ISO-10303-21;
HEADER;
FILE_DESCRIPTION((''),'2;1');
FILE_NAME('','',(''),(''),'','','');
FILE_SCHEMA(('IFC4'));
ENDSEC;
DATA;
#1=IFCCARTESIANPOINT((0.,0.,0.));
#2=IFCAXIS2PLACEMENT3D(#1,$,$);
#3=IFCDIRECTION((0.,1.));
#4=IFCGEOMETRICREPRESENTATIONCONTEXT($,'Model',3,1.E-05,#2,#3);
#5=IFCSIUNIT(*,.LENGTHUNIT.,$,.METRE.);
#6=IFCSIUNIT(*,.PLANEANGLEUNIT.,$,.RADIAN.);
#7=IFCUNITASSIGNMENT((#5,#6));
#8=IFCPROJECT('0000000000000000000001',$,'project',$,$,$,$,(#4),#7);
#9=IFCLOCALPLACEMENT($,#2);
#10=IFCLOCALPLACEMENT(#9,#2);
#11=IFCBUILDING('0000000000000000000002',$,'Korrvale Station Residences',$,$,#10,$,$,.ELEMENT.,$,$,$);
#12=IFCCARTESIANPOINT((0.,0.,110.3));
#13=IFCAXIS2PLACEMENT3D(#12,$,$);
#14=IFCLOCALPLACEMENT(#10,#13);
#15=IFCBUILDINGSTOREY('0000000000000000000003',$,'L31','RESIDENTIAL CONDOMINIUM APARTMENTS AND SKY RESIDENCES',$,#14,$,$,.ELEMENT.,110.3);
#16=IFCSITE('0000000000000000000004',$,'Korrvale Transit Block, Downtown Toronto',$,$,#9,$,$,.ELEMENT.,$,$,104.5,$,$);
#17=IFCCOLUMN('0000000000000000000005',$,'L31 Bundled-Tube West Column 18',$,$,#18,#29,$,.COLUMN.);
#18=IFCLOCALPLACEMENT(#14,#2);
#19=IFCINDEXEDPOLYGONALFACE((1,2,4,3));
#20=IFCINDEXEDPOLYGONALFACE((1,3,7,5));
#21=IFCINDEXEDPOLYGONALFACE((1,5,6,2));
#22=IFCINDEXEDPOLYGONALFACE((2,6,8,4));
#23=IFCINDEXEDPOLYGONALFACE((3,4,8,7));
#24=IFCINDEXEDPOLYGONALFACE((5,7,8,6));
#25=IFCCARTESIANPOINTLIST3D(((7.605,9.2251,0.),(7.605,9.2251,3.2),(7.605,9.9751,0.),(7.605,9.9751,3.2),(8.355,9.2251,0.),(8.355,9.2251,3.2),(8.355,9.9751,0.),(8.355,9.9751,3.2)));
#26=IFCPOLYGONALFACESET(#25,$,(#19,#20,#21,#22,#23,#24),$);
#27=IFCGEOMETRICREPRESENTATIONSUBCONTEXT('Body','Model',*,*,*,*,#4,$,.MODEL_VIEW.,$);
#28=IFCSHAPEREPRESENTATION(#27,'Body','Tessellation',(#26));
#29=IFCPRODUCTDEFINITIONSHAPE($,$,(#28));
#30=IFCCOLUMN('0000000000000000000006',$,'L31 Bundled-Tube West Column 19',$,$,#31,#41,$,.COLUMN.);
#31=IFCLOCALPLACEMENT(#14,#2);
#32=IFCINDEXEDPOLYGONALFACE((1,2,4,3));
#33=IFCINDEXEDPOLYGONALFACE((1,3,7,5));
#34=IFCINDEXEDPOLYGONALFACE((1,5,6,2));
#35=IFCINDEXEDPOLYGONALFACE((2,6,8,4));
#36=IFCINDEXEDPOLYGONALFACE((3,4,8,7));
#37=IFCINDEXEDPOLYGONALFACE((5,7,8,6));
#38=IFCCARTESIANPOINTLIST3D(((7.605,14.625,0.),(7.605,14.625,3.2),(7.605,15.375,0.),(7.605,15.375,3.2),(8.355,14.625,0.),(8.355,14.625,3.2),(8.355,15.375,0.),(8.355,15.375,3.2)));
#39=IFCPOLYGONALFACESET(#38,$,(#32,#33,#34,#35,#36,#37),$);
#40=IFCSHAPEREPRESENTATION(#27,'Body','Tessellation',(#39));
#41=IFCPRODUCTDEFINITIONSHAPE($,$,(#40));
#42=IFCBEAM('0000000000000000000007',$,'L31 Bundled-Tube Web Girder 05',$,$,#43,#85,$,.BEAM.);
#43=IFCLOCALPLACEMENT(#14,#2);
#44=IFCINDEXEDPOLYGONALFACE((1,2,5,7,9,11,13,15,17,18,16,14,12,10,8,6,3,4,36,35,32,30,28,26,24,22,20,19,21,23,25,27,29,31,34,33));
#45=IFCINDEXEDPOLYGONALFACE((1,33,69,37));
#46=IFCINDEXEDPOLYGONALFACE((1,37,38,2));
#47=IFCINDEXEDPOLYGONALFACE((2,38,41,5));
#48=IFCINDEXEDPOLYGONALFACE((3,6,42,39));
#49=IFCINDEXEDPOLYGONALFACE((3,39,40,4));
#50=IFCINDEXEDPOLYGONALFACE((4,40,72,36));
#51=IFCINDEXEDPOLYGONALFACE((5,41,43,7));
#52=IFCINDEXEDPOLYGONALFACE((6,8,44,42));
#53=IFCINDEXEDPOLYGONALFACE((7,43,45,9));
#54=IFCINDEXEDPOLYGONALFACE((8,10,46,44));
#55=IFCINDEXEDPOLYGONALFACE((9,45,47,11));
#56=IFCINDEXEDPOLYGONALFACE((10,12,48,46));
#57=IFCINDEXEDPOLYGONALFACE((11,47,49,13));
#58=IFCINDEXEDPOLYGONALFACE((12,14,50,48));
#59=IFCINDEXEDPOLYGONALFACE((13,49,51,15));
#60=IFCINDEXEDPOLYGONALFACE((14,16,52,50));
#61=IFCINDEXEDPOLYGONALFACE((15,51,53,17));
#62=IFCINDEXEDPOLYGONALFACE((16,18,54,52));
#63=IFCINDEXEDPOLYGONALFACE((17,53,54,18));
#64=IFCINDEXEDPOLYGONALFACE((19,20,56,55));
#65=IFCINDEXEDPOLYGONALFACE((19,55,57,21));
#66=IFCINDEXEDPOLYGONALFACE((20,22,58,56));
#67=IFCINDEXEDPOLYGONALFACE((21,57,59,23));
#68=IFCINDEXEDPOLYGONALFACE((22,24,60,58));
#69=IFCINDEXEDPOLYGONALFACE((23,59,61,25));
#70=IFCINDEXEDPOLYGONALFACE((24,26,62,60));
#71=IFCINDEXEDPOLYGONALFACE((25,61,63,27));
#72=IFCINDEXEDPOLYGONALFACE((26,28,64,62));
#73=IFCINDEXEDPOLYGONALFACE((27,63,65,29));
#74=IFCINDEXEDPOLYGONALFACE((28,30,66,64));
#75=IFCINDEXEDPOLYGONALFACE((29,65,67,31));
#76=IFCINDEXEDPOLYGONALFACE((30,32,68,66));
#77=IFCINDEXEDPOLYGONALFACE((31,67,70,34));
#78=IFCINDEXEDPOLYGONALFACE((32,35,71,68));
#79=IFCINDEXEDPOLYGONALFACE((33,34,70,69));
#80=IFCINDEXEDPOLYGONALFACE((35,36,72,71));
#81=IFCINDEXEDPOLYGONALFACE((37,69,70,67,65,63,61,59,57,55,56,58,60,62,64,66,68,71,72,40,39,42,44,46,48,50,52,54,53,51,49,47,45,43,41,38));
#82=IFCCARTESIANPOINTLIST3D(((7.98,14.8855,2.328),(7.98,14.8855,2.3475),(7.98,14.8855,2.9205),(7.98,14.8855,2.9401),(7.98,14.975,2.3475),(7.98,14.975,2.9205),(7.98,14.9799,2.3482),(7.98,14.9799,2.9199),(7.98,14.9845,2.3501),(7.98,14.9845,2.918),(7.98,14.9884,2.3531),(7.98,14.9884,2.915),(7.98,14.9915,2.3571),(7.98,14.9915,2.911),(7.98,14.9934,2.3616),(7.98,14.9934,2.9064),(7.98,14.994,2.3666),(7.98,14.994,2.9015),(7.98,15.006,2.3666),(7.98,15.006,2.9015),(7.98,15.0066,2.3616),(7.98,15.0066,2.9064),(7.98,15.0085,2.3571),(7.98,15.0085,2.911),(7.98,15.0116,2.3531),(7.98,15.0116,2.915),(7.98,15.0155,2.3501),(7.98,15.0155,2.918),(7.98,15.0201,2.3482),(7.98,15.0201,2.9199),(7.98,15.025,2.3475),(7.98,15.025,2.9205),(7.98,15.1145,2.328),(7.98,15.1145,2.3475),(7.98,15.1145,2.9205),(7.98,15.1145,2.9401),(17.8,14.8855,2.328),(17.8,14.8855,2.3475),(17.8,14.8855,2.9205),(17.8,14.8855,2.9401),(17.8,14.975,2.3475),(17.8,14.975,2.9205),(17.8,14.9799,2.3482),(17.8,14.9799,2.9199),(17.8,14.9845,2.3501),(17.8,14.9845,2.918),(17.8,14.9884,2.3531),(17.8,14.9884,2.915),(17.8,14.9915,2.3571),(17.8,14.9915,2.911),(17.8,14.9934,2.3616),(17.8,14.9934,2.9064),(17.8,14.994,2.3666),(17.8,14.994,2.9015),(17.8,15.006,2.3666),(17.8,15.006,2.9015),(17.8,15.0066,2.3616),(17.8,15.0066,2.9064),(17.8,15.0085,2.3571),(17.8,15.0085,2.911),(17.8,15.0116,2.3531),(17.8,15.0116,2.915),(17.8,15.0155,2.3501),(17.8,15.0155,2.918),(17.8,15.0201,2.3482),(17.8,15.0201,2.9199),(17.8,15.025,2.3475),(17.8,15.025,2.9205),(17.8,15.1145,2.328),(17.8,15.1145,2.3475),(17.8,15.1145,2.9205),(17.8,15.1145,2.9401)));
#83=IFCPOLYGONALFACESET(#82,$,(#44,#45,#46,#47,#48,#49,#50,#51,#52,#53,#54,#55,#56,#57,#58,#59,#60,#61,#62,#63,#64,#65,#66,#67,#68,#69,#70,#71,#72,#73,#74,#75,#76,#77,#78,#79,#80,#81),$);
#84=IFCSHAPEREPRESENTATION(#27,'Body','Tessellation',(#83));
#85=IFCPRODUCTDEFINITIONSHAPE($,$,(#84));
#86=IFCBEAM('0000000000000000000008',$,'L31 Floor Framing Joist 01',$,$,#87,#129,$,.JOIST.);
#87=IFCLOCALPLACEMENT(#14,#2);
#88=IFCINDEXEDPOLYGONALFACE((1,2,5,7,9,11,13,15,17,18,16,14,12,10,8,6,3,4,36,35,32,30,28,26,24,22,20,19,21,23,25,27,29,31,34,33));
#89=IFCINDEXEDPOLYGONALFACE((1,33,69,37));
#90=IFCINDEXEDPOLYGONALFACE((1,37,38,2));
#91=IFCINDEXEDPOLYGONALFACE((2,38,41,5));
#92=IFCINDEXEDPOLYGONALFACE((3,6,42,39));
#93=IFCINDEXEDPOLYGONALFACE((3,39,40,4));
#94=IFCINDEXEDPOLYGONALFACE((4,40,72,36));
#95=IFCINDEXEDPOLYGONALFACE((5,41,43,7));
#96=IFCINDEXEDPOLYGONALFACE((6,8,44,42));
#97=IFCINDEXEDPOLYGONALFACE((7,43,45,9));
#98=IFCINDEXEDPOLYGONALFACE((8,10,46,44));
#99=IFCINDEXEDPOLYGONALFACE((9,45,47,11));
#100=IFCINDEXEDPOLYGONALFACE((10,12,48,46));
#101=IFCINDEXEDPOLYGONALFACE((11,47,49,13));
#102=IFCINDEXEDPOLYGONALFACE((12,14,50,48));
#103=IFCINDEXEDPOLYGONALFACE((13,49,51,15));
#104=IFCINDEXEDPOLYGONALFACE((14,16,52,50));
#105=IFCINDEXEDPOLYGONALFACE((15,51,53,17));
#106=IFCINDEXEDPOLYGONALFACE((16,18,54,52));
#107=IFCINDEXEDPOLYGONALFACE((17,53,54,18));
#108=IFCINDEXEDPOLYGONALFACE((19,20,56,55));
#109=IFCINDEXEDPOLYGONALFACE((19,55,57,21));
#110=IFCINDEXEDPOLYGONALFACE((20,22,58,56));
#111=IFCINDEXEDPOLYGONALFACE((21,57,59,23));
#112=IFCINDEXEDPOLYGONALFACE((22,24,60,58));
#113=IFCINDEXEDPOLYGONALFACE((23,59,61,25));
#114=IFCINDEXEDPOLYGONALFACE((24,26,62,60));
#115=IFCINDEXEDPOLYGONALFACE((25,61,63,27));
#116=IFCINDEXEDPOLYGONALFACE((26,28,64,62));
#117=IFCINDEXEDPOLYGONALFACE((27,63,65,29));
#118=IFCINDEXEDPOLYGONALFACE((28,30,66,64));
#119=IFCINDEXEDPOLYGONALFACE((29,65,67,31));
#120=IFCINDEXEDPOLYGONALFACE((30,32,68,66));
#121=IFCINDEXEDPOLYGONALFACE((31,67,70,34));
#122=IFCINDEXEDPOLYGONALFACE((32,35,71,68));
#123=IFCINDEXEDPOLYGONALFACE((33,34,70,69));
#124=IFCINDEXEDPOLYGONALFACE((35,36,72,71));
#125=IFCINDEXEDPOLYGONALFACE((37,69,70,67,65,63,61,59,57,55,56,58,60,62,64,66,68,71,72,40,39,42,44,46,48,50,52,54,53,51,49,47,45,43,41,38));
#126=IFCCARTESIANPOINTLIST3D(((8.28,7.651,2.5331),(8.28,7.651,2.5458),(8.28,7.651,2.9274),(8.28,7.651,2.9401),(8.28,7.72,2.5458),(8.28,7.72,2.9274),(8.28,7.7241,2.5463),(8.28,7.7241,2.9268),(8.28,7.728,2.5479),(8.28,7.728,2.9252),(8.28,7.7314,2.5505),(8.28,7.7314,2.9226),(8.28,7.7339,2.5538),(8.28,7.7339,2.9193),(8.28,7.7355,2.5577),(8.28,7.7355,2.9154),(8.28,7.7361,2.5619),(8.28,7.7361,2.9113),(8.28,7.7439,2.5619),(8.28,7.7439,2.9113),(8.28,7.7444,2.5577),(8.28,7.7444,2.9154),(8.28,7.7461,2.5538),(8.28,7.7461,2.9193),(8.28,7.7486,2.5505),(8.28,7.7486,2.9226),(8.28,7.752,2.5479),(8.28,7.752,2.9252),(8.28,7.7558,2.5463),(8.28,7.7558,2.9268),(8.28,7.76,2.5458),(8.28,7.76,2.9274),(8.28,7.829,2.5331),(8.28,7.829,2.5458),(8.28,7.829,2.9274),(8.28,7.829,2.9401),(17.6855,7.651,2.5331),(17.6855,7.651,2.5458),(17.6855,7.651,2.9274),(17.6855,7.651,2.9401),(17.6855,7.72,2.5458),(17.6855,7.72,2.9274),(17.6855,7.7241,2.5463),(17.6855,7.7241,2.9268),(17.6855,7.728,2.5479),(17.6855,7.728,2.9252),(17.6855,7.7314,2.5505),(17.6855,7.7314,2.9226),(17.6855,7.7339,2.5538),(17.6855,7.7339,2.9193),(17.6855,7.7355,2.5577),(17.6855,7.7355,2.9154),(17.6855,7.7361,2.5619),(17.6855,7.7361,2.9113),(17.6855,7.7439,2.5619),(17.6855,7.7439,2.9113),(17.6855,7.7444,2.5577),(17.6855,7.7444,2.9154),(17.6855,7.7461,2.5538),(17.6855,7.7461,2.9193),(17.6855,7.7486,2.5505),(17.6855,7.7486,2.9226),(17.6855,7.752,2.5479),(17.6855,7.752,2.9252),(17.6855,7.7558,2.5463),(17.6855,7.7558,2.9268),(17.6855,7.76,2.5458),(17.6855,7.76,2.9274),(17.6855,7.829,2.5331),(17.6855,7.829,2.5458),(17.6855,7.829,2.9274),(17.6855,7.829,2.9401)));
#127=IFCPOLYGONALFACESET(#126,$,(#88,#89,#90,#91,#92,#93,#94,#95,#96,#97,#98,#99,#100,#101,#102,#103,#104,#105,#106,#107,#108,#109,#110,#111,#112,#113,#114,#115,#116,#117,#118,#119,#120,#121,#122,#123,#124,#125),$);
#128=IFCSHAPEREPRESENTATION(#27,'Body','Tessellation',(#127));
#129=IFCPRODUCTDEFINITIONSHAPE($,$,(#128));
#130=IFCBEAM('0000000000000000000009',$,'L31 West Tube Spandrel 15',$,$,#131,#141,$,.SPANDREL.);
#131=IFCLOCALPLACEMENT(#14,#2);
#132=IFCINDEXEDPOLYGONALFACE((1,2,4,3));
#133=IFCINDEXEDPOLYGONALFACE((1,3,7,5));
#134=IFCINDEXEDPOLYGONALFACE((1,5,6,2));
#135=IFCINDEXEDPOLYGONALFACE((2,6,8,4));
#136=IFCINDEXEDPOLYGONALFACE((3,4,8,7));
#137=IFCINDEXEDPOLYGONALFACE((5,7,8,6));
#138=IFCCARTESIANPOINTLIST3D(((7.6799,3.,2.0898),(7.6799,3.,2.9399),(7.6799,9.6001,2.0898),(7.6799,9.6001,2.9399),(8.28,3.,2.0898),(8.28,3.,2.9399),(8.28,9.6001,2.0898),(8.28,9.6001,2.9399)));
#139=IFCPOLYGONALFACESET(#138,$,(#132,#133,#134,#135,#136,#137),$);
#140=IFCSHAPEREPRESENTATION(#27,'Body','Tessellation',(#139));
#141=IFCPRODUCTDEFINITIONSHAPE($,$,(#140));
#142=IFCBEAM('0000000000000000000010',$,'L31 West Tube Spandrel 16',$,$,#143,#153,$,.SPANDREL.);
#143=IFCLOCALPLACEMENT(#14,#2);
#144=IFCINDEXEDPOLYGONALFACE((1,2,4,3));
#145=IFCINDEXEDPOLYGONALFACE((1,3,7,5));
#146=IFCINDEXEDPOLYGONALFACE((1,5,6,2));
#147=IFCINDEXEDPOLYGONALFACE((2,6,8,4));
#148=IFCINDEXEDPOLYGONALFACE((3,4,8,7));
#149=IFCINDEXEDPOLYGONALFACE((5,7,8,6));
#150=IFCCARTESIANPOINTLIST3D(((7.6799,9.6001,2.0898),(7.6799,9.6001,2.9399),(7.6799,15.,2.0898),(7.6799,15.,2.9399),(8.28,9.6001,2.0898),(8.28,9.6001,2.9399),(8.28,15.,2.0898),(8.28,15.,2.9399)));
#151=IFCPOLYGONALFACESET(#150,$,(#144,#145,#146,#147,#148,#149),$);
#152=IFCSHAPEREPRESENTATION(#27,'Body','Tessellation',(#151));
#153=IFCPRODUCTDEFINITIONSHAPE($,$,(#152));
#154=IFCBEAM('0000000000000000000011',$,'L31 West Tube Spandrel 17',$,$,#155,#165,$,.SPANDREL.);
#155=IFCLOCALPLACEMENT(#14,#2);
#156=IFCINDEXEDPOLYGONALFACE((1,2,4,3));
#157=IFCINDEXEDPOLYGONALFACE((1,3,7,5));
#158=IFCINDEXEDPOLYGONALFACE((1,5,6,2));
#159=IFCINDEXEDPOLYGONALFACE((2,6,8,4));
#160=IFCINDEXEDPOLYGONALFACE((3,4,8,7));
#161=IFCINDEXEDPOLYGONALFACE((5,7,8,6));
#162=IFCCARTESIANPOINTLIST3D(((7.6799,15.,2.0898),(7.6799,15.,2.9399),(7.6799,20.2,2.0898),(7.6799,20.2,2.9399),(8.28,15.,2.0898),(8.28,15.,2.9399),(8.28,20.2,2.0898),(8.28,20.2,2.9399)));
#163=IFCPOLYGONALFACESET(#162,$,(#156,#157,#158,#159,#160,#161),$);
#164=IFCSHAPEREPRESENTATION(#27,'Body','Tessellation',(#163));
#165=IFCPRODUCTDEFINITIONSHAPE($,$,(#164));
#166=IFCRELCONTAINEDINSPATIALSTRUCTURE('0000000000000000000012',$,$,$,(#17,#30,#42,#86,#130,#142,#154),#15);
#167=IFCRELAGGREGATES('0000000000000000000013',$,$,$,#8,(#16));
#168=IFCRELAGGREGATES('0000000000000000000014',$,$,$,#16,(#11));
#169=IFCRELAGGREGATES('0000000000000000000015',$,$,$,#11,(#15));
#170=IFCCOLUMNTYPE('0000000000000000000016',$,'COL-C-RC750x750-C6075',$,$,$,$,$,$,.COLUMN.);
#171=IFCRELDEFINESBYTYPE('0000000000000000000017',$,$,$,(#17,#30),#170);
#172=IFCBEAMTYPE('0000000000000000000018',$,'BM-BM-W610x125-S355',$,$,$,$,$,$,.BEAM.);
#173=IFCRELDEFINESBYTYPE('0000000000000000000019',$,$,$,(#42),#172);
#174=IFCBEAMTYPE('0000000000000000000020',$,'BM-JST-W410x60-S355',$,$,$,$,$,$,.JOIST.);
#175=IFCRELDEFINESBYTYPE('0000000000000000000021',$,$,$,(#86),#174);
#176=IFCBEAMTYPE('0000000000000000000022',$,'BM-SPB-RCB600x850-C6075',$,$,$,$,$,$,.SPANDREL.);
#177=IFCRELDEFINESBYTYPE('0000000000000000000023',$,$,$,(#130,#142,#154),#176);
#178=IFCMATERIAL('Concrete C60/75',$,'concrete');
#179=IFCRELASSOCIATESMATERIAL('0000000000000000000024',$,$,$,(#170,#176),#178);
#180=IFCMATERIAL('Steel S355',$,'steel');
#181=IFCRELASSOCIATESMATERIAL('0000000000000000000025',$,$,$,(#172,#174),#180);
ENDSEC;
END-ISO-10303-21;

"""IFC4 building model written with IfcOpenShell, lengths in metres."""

from ifc_helpers import new_model, si_unit, direction, frame, origin, origin_2d, place, context, subcontext, project, spatial, rectangle, i_section, extrude, material, material_profile, profile_set, type_object, element, save


model = new_model("IFC4")

# Units and contexts
model_context = context("Model", 3, precision=1e-05, world=origin(), true_north=direction((0.0, 1.0)))
body_context = subcontext(model_context, "Body", "Model", "MODEL_VIEW")
ifc_project = project(units=[si_unit("LENGTHUNIT", "METRE"), si_unit("PLANEANGLEUNIT", "RADIAN")], contexts=[model_context])

# Site, building, storey
site_placement = place(None, origin())
site = spatial("IfcSite", under=ifc_project, at=site_placement, Name="Korrvale Transit Block, Downtown Toronto", CompositionType="ELEMENT", RefElevation=104.5)
building_placement = place(site_placement, origin())
building = spatial("IfcBuilding", under=site, at=building_placement, Name="Korrvale Station Residences", CompositionType="ELEMENT")
storey_placement = place(building_placement, frame((0.0, 0.0, 110.3)))
storey = spatial("IfcBuildingStorey", under=building, at=storey_placement, Name="L31", Description="RESIDENTIAL CONDOMINIUM APARTMENTS AND SKY RESIDENCES", CompositionType="ELEMENT", Elevation=110.3)

# Columns
ifc_material_1 = material(Name="Concrete C60/75", Category="concrete")
ifc_material_profile_1 = material_profile(ifc_material_1, rectangle(XDim=0.75, YDim=0.75, at=origin_2d()), Name="RC750x750")
ifc_profile_set_1 = profile_set([ifc_material_profile_1], Name="Concrete C60/75")
column_type = type_object("IfcColumnType", Name="COL-C-RC750x750-C6075", PredefinedType="COLUMN", material=ifc_profile_set_1)
for number, where, z_axis, x_axis, name in (
    (1, (7.98, 9.6001, 0.0), (0.0, 0.0, 1.0), (1.0, 0.0, 0.0), "L31 Bundled-Tube West Column 18"),
    (2, (7.98, 15.0, 0.0), (0.0, 0.0, 1.0), (1.0, 0.0, 0.0), "L31 Bundled-Tube West Column 19"),
):
    element("IfcColumn", number, at=place(storey_placement, frame(where, z_axis=z_axis, x_axis=x_axis)), inside=storey, type_object=column_type, Name=name, PredefinedType="COLUMN", context=body_context, shape_type="SweptSolid", body=[
        extrude(rectangle(XDim=0.75, YDim=0.75, at=origin_2d()), origin(), (0.0, 0.0, 1.0), 3.2),
    ])

# Beams
ifc_material_2 = material(Name="Steel S355", Category="steel")
ifc_material_profile_2 = material_profile(ifc_material_2, i_section(OverallWidth=0.229, OverallDepth=0.6121, WebThickness=0.012, FlangeThickness=0.0195, FilletRadius=0.019, at=origin_2d()), Name="W610x125")
ifc_profile_set_2 = profile_set([ifc_material_profile_2], Name="Steel S355")
beam_type_1 = type_object("IfcBeamType", Name="BM-BM-W610x125-S355", PredefinedType="BEAM", material=ifc_profile_set_2)
beam_1_placement = place(storey_placement, frame((7.98, 15.0, 2.634), z_axis=(1.0, 0.0, 0.0), x_axis=(0.0, 1.0, 0.0)))
element("IfcBeam", 3, at=beam_1_placement, inside=storey, type_object=beam_type_1, Name="L31 Bundled-Tube Web Girder 05", PredefinedType="BEAM", context=body_context, shape_type="SweptSolid", body=[
    extrude(i_section(OverallWidth=0.229, OverallDepth=0.6121, WebThickness=0.012, FlangeThickness=0.0195, FilletRadius=0.019, at=origin_2d()), origin(), (0.0, 0.0, 1.0), 9.8201),
])
ifc_material_profile_3 = material_profile(ifc_material_2, i_section(OverallWidth=0.178, OverallDepth=0.407, WebThickness=0.0078, FlangeThickness=0.0127, FilletRadius=0.0161, at=origin_2d()), Name="W410x60")
ifc_profile_set_3 = profile_set([ifc_material_profile_3], Name="Steel S355")
beam_type_2 = type_object("IfcBeamType", Name="BM-JST-W410x60-S355", PredefinedType="JOIST", material=ifc_profile_set_3)
beam_2_placement = place(storey_placement, frame((8.28, 7.74, 2.7366), z_axis=(1.0, 0.0, 0.0), x_axis=(0.0, 1.0, 0.0)))
element("IfcBeam", 4, at=beam_2_placement, inside=storey, type_object=beam_type_2, Name="L31 Floor Framing Joist 01", PredefinedType="JOIST", context=body_context, shape_type="SweptSolid", body=[
    extrude(i_section(OverallWidth=0.178, OverallDepth=0.407, WebThickness=0.0078, FlangeThickness=0.0127, FilletRadius=0.0161, at=origin_2d()), origin(), (0.0, 0.0, 1.0), 9.4055),
])
ifc_material_profile_4 = material_profile(ifc_material_1, rectangle(XDim=0.6001, YDim=0.8501, at=origin_2d()), Name="RCB600x850")
ifc_profile_set_4 = profile_set([ifc_material_profile_4], Name="Concrete C60/75")
beam_type_3 = type_object("IfcBeamType", Name="BM-SPB-RCB600x850-C6075", PredefinedType="SPANDREL", material=ifc_profile_set_4)
beam_3_placement = place(storey_placement, frame((7.98, 3.0, 2.5149), z_axis=(0.0, 1.0, 0.0), x_axis=(-1.0, 0.0, 0.0)))
element("IfcBeam", 5, at=beam_3_placement, inside=storey, type_object=beam_type_3, Name="L31 West Tube Spandrel 15", PredefinedType="SPANDREL", context=body_context, shape_type="SweptSolid", body=[
    extrude(rectangle(XDim=0.6001, YDim=0.8501, at=origin_2d()), origin(), (0.0, 0.0, 1.0), 6.6001),
])
beam_4_placement = place(storey_placement, frame((7.98, 9.6001, 2.5149), z_axis=(0.0, 1.0, 0.0), x_axis=(-1.0, 0.0, 0.0)))
element("IfcBeam", 6, at=beam_4_placement, inside=storey, type_object=beam_type_3, Name="L31 West Tube Spandrel 16", PredefinedType="SPANDREL", context=body_context, shape_type="SweptSolid", body=[
    extrude(rectangle(XDim=0.6001, YDim=0.8501, at=origin_2d()), origin(), (0.0, 0.0, 1.0), 5.3999),
])
beam_5_placement = place(storey_placement, frame((7.98, 15.0, 2.5149), z_axis=(0.0, 1.0, 0.0), x_axis=(-1.0, 0.0, 0.0)))
element("IfcBeam", 7, at=beam_5_placement, inside=storey, type_object=beam_type_3, Name="L31 West Tube Spandrel 17", PredefinedType="SPANDREL", context=body_context, shape_type="SweptSolid", body=[
    extrude(rectangle(XDim=0.6001, YDim=0.8501, at=origin_2d()), origin(), (0.0, 0.0, 1.0), 5.2),
])

save(model, "model.ifc")
